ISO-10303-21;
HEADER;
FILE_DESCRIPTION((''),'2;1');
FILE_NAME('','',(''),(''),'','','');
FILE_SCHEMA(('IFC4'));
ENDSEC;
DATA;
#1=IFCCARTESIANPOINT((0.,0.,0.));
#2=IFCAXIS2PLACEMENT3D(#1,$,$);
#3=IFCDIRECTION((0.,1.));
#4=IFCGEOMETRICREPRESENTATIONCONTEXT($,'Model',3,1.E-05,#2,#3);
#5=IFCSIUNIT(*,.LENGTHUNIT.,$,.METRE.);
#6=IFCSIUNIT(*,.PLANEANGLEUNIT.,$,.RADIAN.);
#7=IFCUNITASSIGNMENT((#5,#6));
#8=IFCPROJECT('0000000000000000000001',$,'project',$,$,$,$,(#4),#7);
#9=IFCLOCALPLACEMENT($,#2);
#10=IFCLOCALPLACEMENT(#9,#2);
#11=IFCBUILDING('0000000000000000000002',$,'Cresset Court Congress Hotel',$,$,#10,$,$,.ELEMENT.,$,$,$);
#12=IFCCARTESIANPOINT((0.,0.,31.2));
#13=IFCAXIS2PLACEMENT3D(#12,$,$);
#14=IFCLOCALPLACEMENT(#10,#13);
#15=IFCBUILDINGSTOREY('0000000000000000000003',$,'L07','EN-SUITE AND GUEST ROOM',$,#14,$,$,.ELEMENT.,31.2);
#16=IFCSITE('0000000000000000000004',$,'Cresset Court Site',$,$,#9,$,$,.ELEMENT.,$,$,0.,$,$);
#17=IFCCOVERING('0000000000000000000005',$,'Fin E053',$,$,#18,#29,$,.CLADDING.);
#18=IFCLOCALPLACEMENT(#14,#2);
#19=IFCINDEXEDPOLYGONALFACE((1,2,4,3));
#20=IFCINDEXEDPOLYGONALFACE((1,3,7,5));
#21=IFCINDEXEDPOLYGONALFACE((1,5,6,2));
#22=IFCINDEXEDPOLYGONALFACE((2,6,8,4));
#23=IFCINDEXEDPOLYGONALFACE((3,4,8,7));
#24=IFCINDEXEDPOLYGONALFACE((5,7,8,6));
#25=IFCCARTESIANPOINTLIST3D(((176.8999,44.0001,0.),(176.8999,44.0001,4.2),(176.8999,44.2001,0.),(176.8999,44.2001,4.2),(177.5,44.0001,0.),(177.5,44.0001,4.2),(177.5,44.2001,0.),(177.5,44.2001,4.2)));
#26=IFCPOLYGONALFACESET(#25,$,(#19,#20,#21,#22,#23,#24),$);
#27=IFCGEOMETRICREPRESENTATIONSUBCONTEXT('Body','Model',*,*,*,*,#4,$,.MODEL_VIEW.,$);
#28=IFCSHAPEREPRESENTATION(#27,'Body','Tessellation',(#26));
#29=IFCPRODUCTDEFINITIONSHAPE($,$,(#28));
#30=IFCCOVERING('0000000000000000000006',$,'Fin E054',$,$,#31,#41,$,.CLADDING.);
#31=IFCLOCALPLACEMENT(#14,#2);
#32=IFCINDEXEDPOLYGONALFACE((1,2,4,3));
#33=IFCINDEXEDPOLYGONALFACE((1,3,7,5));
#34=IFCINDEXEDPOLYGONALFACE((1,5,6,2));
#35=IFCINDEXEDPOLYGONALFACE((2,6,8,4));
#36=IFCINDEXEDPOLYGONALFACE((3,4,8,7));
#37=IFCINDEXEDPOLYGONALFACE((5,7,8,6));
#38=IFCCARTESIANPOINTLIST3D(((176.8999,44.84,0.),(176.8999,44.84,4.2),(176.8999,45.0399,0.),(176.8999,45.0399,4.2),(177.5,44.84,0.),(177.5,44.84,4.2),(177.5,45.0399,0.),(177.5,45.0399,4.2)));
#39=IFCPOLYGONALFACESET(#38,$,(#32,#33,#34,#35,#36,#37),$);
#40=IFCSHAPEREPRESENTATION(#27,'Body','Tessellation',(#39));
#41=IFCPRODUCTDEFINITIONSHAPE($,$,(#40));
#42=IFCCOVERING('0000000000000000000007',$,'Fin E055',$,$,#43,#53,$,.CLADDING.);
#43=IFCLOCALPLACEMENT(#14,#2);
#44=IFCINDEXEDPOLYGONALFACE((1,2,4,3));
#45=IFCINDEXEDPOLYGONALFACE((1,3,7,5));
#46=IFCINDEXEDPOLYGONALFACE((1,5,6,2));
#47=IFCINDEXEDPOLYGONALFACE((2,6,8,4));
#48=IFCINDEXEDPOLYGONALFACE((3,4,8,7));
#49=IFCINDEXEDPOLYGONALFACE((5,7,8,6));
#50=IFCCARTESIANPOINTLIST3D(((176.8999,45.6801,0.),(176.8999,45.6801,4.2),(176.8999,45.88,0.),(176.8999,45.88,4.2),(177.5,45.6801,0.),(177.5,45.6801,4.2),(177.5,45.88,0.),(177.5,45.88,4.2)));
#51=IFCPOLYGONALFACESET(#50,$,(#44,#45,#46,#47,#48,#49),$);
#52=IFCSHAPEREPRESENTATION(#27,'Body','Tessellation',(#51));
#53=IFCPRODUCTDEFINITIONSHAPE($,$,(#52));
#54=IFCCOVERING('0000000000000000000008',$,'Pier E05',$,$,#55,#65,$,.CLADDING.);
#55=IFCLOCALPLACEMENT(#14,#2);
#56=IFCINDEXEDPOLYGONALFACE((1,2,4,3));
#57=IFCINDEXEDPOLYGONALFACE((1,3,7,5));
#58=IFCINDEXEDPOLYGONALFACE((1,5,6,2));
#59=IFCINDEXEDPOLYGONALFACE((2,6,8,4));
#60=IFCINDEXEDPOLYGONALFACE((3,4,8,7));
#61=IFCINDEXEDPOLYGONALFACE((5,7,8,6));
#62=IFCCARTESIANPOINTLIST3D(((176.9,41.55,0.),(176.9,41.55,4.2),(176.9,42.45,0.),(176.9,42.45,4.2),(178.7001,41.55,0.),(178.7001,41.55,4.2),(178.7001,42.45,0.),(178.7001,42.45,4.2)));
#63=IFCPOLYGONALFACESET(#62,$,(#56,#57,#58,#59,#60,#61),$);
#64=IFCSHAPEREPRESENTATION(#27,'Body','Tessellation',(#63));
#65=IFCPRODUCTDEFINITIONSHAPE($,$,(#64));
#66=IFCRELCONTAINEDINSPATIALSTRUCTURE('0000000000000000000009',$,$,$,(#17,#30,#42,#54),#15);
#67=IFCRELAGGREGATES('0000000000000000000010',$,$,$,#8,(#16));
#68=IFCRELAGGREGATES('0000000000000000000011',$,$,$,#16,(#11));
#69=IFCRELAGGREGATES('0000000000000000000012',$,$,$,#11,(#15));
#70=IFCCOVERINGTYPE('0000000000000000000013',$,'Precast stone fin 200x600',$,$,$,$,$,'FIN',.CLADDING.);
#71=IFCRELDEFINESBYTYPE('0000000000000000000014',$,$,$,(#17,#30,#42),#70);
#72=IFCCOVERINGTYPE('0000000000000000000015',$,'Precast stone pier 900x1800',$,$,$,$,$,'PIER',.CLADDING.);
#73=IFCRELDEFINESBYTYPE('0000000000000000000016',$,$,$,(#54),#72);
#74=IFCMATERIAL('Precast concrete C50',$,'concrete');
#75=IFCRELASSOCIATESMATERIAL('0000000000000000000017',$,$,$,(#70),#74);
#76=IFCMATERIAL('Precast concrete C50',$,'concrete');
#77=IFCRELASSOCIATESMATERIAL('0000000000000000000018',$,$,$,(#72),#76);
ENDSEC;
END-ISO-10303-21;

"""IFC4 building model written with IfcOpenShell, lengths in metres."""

from ifc_helpers import new_model, si_unit, direction, frame, origin, origin_2d, place, context, subcontext, project, spatial, rectangle, extrude, material, type_object, element, save


model = new_model("IFC4")

# Units and contexts
model_context = context("Model", 3, precision=1e-05, world=origin(), true_north=direction((0.0, 1.0)))
body_context = subcontext(model_context, "Body", "Model", "MODEL_VIEW")
ifc_project = project(units=[si_unit("LENGTHUNIT", "METRE"), si_unit("PLANEANGLEUNIT", "RADIAN")], contexts=[model_context])

# Site, building, storey
site_placement = place(None, origin())
site = spatial("IfcSite", under=ifc_project, at=site_placement, Name="Cresset Court Site", CompositionType="ELEMENT", RefElevation=0.0)
building_placement = place(site_placement, origin())
building = spatial("IfcBuilding", under=site, at=building_placement, Name="Cresset Court Congress Hotel", CompositionType="ELEMENT")
storey_placement = place(building_placement, frame((0.0, 0.0, 31.2)))
storey = spatial("IfcBuildingStorey", under=building, at=storey_placement, Name="L07", Description="EN-SUITE AND GUEST ROOM", CompositionType="ELEMENT", Elevation=31.2)

# Coverings
ifc_material_1 = material(Name="Precast concrete C50", Category="concrete")
covering_type_1 = type_object("IfcCoveringType", Name="Precast stone fin 200x600", ElementType="FIN", PredefinedType="CLADDING", material=ifc_material_1)
for number, where, z_axis, x_axis, name in (
    (1, (177.2, 44.1001, 0.0), (0.0, 0.0, 1.0), (1.0, 0.0, 0.0), "Fin E053"),
    (2, (177.2, 44.9399, 0.0), (0.0, 0.0, 1.0), (1.0, 0.0, 0.0), "Fin E054"),
    (3, (177.2, 45.78, 0.0), (0.0, 0.0, 1.0), (1.0, 0.0, 0.0), "Fin E055"),
):
    element("IfcCovering", number, at=place(storey_placement, frame(where, z_axis=z_axis, x_axis=x_axis)), inside=storey, type_object=covering_type_1, Name=name, PredefinedType="CLADDING", context=body_context, shape_type="SweptSolid", body=[
        extrude(rectangle(XDim=0.6001, YDim=0.2, at=origin_2d()), origin(), (0.0, 0.0, 1.0), 4.2),
    ])
ifc_material_2 = material(Name="Precast concrete C50", Category="concrete")
covering_type_2 = type_object("IfcCoveringType", Name="Precast stone pier 900x1800", ElementType="PIER", PredefinedType="CLADDING", material=ifc_material_2)
covering_placement = place(storey_placement, frame((177.8, 42.0, 0.0), z_axis=(0.0, 0.0, 1.0), x_axis=(1.0, 0.0, 0.0)))
element("IfcCovering", 4, at=covering_placement, inside=storey, type_object=covering_type_2, Name="Pier E05", PredefinedType="CLADDING", context=body_context, shape_type="SweptSolid", body=[
    extrude(rectangle(XDim=1.8, YDim=0.8999, at=origin_2d()), origin(), (0.0, 0.0, 1.0), 4.2),
])

save(model, "model.ifc")
